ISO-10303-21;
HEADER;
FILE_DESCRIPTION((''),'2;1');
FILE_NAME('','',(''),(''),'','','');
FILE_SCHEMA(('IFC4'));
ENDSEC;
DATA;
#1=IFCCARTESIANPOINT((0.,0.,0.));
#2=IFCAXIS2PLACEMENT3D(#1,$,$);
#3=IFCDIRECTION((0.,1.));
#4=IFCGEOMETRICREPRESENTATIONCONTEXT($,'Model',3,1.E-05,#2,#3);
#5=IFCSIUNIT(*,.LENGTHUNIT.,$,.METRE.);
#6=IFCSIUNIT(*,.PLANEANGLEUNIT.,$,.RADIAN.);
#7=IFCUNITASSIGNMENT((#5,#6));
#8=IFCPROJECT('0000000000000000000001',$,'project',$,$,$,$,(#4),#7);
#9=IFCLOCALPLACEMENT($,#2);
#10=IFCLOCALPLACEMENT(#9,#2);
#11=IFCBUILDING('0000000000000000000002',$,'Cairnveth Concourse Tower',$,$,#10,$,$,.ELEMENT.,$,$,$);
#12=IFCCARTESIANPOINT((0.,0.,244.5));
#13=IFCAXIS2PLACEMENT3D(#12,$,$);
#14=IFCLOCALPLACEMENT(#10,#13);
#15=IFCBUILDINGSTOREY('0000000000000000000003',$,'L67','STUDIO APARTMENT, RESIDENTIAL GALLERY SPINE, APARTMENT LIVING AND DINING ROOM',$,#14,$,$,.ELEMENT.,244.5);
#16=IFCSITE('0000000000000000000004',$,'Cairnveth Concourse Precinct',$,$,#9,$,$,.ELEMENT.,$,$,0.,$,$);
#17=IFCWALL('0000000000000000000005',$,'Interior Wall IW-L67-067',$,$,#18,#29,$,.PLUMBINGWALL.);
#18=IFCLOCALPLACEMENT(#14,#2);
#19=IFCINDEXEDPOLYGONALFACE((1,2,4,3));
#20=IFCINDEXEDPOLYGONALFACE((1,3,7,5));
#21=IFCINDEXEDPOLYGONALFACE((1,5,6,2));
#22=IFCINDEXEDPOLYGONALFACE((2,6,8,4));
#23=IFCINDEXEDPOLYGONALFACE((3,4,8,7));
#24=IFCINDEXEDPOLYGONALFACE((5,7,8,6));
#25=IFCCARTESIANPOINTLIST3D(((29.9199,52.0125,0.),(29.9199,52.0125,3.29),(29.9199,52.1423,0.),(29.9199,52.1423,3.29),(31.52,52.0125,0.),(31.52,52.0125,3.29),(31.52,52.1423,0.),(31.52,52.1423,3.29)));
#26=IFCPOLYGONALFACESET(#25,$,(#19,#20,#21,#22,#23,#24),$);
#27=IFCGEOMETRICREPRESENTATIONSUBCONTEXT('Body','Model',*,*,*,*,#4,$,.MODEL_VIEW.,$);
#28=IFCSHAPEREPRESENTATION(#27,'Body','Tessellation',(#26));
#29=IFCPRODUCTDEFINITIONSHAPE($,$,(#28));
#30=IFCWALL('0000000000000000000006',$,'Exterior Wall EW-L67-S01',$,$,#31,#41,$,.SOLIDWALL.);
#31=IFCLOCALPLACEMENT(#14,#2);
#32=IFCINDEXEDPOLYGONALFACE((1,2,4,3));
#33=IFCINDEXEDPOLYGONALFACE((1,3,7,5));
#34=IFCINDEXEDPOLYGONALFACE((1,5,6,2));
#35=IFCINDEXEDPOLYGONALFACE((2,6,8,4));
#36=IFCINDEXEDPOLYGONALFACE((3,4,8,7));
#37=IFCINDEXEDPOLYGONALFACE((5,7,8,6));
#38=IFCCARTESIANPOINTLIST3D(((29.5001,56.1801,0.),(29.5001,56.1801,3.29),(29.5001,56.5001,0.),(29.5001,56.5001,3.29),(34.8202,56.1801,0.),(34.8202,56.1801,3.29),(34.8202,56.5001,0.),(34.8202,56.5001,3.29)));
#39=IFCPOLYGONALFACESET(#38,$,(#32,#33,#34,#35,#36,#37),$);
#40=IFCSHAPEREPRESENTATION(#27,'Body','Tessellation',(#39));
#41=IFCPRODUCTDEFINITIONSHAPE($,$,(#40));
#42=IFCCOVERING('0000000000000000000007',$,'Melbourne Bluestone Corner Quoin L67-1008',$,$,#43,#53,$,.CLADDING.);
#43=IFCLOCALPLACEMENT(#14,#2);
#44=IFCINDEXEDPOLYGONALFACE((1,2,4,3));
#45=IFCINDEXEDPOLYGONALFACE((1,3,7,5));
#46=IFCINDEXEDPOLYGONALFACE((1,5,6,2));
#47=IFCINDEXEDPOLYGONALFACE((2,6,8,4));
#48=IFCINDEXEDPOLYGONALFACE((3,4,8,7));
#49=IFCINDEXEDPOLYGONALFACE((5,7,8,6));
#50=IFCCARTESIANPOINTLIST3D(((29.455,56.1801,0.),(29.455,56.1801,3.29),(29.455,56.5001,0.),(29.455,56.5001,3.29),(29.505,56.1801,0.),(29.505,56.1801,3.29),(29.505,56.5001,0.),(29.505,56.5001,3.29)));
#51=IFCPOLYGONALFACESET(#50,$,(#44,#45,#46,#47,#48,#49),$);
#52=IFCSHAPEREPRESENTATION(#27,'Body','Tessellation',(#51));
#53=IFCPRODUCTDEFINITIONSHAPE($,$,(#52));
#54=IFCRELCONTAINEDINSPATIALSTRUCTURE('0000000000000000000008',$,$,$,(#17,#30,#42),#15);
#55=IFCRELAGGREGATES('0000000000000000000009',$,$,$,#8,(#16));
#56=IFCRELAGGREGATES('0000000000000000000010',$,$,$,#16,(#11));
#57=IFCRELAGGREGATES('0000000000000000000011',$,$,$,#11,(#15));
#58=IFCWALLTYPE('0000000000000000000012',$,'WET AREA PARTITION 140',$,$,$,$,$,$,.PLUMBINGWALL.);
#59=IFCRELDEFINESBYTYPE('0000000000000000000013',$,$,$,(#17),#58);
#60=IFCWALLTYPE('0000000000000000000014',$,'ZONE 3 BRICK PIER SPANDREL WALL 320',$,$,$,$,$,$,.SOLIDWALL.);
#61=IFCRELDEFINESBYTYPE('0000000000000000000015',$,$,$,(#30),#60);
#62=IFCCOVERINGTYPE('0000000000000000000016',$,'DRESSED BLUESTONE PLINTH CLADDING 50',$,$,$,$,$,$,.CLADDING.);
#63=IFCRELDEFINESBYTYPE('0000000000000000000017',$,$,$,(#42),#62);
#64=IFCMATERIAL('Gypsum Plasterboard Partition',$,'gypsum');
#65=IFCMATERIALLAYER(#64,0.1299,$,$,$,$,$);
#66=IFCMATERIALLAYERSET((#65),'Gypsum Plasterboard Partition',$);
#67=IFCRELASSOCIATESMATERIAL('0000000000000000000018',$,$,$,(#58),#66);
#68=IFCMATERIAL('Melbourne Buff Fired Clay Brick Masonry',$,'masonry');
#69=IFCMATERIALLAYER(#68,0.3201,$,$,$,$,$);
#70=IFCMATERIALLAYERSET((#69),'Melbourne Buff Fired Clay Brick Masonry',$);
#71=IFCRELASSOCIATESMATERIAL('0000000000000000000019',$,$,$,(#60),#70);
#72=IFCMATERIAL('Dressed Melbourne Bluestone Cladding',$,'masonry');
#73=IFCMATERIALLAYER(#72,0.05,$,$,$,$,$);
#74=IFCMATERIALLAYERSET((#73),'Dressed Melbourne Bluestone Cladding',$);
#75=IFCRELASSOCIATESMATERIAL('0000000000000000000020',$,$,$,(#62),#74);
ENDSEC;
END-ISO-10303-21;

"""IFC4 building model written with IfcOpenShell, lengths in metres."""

from ifc_helpers import new_model, si_unit, direction, frame, frame_2d, origin, place, context, subcontext, project, spatial, rectangle, extrude, material, layer, layer_set, type_object, element, save


model = new_model("IFC4")

# Units and contexts
model_context = context("Model", 3, precision=1e-05, world=origin(), true_north=direction((0.0, 1.0)))
body_context = subcontext(model_context, "Body", "Model", "MODEL_VIEW")
ifc_project = project(units=[si_unit("LENGTHUNIT", "METRE"), si_unit("PLANEANGLEUNIT", "RADIAN")], contexts=[model_context])

# Site, building, storey
site_placement = place(None, origin())
site = spatial("IfcSite", under=ifc_project, at=site_placement, Name="Cairnveth Concourse Precinct", CompositionType="ELEMENT", RefElevation=0.0)
building_placement = place(site_placement, origin())
building = spatial("IfcBuilding", under=site, at=building_placement, Name="Cairnveth Concourse Tower", CompositionType="ELEMENT")
storey_placement = place(building_placement, frame((0.0, 0.0, 244.5)))
storey = spatial("IfcBuildingStorey", under=building, at=storey_placement, Name="L67", Description="STUDIO APARTMENT, RESIDENTIAL GALLERY SPINE, APARTMENT LIVING AND DINING ROOM", CompositionType="ELEMENT", Elevation=244.5)

# Shared definitions
ifc_material_1 = material(Name="Gypsum Plasterboard Partition", Category="gypsum")

# Shared definitions
ifc_layer_1 = layer(ifc_material_1, 0.1299)
ifc_layer_set_1 = layer_set([ifc_layer_1], Name="Gypsum Plasterboard Partition")
wall_type_1 = type_object("IfcWallType", Name="WET AREA PARTITION 140", PredefinedType="PLUMBINGWALL", material=ifc_layer_set_1)

# Walls
wall_1_placement = place(storey_placement, frame((29.9199, 52.0774, 0.0), z_axis=(0.0, 0.0, 1.0), x_axis=(1.0, 0.0, 0.0)))
element("IfcWall", 1, at=wall_1_placement, inside=storey, type_object=wall_type_1, Name="Interior Wall IW-L67-067", PredefinedType="PLUMBINGWALL", context=body_context, shape_type="SweptSolid", body=[
    extrude(rectangle(XDim=1.6001, YDim=0.1299, at=frame_2d((0.8, 0.0))), origin(), (0.0, 0.0, 1.0), 3.29),
])
ifc_material_2 = material(Name="Melbourne Buff Fired Clay Brick Masonry", Category="masonry")
ifc_layer_2 = layer(ifc_material_2, 0.3201)
ifc_layer_set_2 = layer_set([ifc_layer_2], Name="Melbourne Buff Fired Clay Brick Masonry")
wall_type_2 = type_object("IfcWallType", Name="ZONE 3 BRICK PIER SPANDREL WALL 320", PredefinedType="SOLIDWALL", material=ifc_layer_set_2)
wall_2_placement = place(storey_placement, frame((29.5, 56.3401, 0.0), z_axis=(0.0, 0.0, 1.0), x_axis=(1.0, 0.0, 0.0)))
element("IfcWall", 2, at=wall_2_placement, inside=storey, type_object=wall_type_2, Name="Exterior Wall EW-L67-S01", PredefinedType="SOLIDWALL", context=body_context, shape_type="SweptSolid", body=[
    extrude(rectangle(XDim=5.3201, YDim=0.3201, at=frame_2d((2.6602, 0.0))), origin(), (0.0, 0.0, 1.0), 3.29),
])

# Covering
ifc_material_3 = material(Name="Dressed Melbourne Bluestone Cladding", Category="masonry")
ifc_layer_3 = layer(ifc_material_3, 0.05)
ifc_layer_set_3 = layer_set([ifc_layer_3], Name="Dressed Melbourne Bluestone Cladding")
covering_type = type_object("IfcCoveringType", Name="DRESSED BLUESTONE PLINTH CLADDING 50", PredefinedType="CLADDING", material=ifc_layer_set_3)
covering_placement = place(storey_placement, frame((29.48, 56.1799, 0.0), z_axis=(0.0, 0.0, 1.0), x_axis=(0.0, 1.0, 0.0)))
element("IfcCovering", 3, at=covering_placement, inside=storey, type_object=covering_type, Name="Melbourne Bluestone Corner Quoin L67-1008", PredefinedType="CLADDING", context=body_context, shape_type="SweptSolid", body=[
    extrude(rectangle(XDim=0.3201, YDim=0.05, at=frame_2d((0.1602, 0.0))), origin(), (0.0, 0.0, 1.0), 3.29),
])

save(model, "model.ifc")
